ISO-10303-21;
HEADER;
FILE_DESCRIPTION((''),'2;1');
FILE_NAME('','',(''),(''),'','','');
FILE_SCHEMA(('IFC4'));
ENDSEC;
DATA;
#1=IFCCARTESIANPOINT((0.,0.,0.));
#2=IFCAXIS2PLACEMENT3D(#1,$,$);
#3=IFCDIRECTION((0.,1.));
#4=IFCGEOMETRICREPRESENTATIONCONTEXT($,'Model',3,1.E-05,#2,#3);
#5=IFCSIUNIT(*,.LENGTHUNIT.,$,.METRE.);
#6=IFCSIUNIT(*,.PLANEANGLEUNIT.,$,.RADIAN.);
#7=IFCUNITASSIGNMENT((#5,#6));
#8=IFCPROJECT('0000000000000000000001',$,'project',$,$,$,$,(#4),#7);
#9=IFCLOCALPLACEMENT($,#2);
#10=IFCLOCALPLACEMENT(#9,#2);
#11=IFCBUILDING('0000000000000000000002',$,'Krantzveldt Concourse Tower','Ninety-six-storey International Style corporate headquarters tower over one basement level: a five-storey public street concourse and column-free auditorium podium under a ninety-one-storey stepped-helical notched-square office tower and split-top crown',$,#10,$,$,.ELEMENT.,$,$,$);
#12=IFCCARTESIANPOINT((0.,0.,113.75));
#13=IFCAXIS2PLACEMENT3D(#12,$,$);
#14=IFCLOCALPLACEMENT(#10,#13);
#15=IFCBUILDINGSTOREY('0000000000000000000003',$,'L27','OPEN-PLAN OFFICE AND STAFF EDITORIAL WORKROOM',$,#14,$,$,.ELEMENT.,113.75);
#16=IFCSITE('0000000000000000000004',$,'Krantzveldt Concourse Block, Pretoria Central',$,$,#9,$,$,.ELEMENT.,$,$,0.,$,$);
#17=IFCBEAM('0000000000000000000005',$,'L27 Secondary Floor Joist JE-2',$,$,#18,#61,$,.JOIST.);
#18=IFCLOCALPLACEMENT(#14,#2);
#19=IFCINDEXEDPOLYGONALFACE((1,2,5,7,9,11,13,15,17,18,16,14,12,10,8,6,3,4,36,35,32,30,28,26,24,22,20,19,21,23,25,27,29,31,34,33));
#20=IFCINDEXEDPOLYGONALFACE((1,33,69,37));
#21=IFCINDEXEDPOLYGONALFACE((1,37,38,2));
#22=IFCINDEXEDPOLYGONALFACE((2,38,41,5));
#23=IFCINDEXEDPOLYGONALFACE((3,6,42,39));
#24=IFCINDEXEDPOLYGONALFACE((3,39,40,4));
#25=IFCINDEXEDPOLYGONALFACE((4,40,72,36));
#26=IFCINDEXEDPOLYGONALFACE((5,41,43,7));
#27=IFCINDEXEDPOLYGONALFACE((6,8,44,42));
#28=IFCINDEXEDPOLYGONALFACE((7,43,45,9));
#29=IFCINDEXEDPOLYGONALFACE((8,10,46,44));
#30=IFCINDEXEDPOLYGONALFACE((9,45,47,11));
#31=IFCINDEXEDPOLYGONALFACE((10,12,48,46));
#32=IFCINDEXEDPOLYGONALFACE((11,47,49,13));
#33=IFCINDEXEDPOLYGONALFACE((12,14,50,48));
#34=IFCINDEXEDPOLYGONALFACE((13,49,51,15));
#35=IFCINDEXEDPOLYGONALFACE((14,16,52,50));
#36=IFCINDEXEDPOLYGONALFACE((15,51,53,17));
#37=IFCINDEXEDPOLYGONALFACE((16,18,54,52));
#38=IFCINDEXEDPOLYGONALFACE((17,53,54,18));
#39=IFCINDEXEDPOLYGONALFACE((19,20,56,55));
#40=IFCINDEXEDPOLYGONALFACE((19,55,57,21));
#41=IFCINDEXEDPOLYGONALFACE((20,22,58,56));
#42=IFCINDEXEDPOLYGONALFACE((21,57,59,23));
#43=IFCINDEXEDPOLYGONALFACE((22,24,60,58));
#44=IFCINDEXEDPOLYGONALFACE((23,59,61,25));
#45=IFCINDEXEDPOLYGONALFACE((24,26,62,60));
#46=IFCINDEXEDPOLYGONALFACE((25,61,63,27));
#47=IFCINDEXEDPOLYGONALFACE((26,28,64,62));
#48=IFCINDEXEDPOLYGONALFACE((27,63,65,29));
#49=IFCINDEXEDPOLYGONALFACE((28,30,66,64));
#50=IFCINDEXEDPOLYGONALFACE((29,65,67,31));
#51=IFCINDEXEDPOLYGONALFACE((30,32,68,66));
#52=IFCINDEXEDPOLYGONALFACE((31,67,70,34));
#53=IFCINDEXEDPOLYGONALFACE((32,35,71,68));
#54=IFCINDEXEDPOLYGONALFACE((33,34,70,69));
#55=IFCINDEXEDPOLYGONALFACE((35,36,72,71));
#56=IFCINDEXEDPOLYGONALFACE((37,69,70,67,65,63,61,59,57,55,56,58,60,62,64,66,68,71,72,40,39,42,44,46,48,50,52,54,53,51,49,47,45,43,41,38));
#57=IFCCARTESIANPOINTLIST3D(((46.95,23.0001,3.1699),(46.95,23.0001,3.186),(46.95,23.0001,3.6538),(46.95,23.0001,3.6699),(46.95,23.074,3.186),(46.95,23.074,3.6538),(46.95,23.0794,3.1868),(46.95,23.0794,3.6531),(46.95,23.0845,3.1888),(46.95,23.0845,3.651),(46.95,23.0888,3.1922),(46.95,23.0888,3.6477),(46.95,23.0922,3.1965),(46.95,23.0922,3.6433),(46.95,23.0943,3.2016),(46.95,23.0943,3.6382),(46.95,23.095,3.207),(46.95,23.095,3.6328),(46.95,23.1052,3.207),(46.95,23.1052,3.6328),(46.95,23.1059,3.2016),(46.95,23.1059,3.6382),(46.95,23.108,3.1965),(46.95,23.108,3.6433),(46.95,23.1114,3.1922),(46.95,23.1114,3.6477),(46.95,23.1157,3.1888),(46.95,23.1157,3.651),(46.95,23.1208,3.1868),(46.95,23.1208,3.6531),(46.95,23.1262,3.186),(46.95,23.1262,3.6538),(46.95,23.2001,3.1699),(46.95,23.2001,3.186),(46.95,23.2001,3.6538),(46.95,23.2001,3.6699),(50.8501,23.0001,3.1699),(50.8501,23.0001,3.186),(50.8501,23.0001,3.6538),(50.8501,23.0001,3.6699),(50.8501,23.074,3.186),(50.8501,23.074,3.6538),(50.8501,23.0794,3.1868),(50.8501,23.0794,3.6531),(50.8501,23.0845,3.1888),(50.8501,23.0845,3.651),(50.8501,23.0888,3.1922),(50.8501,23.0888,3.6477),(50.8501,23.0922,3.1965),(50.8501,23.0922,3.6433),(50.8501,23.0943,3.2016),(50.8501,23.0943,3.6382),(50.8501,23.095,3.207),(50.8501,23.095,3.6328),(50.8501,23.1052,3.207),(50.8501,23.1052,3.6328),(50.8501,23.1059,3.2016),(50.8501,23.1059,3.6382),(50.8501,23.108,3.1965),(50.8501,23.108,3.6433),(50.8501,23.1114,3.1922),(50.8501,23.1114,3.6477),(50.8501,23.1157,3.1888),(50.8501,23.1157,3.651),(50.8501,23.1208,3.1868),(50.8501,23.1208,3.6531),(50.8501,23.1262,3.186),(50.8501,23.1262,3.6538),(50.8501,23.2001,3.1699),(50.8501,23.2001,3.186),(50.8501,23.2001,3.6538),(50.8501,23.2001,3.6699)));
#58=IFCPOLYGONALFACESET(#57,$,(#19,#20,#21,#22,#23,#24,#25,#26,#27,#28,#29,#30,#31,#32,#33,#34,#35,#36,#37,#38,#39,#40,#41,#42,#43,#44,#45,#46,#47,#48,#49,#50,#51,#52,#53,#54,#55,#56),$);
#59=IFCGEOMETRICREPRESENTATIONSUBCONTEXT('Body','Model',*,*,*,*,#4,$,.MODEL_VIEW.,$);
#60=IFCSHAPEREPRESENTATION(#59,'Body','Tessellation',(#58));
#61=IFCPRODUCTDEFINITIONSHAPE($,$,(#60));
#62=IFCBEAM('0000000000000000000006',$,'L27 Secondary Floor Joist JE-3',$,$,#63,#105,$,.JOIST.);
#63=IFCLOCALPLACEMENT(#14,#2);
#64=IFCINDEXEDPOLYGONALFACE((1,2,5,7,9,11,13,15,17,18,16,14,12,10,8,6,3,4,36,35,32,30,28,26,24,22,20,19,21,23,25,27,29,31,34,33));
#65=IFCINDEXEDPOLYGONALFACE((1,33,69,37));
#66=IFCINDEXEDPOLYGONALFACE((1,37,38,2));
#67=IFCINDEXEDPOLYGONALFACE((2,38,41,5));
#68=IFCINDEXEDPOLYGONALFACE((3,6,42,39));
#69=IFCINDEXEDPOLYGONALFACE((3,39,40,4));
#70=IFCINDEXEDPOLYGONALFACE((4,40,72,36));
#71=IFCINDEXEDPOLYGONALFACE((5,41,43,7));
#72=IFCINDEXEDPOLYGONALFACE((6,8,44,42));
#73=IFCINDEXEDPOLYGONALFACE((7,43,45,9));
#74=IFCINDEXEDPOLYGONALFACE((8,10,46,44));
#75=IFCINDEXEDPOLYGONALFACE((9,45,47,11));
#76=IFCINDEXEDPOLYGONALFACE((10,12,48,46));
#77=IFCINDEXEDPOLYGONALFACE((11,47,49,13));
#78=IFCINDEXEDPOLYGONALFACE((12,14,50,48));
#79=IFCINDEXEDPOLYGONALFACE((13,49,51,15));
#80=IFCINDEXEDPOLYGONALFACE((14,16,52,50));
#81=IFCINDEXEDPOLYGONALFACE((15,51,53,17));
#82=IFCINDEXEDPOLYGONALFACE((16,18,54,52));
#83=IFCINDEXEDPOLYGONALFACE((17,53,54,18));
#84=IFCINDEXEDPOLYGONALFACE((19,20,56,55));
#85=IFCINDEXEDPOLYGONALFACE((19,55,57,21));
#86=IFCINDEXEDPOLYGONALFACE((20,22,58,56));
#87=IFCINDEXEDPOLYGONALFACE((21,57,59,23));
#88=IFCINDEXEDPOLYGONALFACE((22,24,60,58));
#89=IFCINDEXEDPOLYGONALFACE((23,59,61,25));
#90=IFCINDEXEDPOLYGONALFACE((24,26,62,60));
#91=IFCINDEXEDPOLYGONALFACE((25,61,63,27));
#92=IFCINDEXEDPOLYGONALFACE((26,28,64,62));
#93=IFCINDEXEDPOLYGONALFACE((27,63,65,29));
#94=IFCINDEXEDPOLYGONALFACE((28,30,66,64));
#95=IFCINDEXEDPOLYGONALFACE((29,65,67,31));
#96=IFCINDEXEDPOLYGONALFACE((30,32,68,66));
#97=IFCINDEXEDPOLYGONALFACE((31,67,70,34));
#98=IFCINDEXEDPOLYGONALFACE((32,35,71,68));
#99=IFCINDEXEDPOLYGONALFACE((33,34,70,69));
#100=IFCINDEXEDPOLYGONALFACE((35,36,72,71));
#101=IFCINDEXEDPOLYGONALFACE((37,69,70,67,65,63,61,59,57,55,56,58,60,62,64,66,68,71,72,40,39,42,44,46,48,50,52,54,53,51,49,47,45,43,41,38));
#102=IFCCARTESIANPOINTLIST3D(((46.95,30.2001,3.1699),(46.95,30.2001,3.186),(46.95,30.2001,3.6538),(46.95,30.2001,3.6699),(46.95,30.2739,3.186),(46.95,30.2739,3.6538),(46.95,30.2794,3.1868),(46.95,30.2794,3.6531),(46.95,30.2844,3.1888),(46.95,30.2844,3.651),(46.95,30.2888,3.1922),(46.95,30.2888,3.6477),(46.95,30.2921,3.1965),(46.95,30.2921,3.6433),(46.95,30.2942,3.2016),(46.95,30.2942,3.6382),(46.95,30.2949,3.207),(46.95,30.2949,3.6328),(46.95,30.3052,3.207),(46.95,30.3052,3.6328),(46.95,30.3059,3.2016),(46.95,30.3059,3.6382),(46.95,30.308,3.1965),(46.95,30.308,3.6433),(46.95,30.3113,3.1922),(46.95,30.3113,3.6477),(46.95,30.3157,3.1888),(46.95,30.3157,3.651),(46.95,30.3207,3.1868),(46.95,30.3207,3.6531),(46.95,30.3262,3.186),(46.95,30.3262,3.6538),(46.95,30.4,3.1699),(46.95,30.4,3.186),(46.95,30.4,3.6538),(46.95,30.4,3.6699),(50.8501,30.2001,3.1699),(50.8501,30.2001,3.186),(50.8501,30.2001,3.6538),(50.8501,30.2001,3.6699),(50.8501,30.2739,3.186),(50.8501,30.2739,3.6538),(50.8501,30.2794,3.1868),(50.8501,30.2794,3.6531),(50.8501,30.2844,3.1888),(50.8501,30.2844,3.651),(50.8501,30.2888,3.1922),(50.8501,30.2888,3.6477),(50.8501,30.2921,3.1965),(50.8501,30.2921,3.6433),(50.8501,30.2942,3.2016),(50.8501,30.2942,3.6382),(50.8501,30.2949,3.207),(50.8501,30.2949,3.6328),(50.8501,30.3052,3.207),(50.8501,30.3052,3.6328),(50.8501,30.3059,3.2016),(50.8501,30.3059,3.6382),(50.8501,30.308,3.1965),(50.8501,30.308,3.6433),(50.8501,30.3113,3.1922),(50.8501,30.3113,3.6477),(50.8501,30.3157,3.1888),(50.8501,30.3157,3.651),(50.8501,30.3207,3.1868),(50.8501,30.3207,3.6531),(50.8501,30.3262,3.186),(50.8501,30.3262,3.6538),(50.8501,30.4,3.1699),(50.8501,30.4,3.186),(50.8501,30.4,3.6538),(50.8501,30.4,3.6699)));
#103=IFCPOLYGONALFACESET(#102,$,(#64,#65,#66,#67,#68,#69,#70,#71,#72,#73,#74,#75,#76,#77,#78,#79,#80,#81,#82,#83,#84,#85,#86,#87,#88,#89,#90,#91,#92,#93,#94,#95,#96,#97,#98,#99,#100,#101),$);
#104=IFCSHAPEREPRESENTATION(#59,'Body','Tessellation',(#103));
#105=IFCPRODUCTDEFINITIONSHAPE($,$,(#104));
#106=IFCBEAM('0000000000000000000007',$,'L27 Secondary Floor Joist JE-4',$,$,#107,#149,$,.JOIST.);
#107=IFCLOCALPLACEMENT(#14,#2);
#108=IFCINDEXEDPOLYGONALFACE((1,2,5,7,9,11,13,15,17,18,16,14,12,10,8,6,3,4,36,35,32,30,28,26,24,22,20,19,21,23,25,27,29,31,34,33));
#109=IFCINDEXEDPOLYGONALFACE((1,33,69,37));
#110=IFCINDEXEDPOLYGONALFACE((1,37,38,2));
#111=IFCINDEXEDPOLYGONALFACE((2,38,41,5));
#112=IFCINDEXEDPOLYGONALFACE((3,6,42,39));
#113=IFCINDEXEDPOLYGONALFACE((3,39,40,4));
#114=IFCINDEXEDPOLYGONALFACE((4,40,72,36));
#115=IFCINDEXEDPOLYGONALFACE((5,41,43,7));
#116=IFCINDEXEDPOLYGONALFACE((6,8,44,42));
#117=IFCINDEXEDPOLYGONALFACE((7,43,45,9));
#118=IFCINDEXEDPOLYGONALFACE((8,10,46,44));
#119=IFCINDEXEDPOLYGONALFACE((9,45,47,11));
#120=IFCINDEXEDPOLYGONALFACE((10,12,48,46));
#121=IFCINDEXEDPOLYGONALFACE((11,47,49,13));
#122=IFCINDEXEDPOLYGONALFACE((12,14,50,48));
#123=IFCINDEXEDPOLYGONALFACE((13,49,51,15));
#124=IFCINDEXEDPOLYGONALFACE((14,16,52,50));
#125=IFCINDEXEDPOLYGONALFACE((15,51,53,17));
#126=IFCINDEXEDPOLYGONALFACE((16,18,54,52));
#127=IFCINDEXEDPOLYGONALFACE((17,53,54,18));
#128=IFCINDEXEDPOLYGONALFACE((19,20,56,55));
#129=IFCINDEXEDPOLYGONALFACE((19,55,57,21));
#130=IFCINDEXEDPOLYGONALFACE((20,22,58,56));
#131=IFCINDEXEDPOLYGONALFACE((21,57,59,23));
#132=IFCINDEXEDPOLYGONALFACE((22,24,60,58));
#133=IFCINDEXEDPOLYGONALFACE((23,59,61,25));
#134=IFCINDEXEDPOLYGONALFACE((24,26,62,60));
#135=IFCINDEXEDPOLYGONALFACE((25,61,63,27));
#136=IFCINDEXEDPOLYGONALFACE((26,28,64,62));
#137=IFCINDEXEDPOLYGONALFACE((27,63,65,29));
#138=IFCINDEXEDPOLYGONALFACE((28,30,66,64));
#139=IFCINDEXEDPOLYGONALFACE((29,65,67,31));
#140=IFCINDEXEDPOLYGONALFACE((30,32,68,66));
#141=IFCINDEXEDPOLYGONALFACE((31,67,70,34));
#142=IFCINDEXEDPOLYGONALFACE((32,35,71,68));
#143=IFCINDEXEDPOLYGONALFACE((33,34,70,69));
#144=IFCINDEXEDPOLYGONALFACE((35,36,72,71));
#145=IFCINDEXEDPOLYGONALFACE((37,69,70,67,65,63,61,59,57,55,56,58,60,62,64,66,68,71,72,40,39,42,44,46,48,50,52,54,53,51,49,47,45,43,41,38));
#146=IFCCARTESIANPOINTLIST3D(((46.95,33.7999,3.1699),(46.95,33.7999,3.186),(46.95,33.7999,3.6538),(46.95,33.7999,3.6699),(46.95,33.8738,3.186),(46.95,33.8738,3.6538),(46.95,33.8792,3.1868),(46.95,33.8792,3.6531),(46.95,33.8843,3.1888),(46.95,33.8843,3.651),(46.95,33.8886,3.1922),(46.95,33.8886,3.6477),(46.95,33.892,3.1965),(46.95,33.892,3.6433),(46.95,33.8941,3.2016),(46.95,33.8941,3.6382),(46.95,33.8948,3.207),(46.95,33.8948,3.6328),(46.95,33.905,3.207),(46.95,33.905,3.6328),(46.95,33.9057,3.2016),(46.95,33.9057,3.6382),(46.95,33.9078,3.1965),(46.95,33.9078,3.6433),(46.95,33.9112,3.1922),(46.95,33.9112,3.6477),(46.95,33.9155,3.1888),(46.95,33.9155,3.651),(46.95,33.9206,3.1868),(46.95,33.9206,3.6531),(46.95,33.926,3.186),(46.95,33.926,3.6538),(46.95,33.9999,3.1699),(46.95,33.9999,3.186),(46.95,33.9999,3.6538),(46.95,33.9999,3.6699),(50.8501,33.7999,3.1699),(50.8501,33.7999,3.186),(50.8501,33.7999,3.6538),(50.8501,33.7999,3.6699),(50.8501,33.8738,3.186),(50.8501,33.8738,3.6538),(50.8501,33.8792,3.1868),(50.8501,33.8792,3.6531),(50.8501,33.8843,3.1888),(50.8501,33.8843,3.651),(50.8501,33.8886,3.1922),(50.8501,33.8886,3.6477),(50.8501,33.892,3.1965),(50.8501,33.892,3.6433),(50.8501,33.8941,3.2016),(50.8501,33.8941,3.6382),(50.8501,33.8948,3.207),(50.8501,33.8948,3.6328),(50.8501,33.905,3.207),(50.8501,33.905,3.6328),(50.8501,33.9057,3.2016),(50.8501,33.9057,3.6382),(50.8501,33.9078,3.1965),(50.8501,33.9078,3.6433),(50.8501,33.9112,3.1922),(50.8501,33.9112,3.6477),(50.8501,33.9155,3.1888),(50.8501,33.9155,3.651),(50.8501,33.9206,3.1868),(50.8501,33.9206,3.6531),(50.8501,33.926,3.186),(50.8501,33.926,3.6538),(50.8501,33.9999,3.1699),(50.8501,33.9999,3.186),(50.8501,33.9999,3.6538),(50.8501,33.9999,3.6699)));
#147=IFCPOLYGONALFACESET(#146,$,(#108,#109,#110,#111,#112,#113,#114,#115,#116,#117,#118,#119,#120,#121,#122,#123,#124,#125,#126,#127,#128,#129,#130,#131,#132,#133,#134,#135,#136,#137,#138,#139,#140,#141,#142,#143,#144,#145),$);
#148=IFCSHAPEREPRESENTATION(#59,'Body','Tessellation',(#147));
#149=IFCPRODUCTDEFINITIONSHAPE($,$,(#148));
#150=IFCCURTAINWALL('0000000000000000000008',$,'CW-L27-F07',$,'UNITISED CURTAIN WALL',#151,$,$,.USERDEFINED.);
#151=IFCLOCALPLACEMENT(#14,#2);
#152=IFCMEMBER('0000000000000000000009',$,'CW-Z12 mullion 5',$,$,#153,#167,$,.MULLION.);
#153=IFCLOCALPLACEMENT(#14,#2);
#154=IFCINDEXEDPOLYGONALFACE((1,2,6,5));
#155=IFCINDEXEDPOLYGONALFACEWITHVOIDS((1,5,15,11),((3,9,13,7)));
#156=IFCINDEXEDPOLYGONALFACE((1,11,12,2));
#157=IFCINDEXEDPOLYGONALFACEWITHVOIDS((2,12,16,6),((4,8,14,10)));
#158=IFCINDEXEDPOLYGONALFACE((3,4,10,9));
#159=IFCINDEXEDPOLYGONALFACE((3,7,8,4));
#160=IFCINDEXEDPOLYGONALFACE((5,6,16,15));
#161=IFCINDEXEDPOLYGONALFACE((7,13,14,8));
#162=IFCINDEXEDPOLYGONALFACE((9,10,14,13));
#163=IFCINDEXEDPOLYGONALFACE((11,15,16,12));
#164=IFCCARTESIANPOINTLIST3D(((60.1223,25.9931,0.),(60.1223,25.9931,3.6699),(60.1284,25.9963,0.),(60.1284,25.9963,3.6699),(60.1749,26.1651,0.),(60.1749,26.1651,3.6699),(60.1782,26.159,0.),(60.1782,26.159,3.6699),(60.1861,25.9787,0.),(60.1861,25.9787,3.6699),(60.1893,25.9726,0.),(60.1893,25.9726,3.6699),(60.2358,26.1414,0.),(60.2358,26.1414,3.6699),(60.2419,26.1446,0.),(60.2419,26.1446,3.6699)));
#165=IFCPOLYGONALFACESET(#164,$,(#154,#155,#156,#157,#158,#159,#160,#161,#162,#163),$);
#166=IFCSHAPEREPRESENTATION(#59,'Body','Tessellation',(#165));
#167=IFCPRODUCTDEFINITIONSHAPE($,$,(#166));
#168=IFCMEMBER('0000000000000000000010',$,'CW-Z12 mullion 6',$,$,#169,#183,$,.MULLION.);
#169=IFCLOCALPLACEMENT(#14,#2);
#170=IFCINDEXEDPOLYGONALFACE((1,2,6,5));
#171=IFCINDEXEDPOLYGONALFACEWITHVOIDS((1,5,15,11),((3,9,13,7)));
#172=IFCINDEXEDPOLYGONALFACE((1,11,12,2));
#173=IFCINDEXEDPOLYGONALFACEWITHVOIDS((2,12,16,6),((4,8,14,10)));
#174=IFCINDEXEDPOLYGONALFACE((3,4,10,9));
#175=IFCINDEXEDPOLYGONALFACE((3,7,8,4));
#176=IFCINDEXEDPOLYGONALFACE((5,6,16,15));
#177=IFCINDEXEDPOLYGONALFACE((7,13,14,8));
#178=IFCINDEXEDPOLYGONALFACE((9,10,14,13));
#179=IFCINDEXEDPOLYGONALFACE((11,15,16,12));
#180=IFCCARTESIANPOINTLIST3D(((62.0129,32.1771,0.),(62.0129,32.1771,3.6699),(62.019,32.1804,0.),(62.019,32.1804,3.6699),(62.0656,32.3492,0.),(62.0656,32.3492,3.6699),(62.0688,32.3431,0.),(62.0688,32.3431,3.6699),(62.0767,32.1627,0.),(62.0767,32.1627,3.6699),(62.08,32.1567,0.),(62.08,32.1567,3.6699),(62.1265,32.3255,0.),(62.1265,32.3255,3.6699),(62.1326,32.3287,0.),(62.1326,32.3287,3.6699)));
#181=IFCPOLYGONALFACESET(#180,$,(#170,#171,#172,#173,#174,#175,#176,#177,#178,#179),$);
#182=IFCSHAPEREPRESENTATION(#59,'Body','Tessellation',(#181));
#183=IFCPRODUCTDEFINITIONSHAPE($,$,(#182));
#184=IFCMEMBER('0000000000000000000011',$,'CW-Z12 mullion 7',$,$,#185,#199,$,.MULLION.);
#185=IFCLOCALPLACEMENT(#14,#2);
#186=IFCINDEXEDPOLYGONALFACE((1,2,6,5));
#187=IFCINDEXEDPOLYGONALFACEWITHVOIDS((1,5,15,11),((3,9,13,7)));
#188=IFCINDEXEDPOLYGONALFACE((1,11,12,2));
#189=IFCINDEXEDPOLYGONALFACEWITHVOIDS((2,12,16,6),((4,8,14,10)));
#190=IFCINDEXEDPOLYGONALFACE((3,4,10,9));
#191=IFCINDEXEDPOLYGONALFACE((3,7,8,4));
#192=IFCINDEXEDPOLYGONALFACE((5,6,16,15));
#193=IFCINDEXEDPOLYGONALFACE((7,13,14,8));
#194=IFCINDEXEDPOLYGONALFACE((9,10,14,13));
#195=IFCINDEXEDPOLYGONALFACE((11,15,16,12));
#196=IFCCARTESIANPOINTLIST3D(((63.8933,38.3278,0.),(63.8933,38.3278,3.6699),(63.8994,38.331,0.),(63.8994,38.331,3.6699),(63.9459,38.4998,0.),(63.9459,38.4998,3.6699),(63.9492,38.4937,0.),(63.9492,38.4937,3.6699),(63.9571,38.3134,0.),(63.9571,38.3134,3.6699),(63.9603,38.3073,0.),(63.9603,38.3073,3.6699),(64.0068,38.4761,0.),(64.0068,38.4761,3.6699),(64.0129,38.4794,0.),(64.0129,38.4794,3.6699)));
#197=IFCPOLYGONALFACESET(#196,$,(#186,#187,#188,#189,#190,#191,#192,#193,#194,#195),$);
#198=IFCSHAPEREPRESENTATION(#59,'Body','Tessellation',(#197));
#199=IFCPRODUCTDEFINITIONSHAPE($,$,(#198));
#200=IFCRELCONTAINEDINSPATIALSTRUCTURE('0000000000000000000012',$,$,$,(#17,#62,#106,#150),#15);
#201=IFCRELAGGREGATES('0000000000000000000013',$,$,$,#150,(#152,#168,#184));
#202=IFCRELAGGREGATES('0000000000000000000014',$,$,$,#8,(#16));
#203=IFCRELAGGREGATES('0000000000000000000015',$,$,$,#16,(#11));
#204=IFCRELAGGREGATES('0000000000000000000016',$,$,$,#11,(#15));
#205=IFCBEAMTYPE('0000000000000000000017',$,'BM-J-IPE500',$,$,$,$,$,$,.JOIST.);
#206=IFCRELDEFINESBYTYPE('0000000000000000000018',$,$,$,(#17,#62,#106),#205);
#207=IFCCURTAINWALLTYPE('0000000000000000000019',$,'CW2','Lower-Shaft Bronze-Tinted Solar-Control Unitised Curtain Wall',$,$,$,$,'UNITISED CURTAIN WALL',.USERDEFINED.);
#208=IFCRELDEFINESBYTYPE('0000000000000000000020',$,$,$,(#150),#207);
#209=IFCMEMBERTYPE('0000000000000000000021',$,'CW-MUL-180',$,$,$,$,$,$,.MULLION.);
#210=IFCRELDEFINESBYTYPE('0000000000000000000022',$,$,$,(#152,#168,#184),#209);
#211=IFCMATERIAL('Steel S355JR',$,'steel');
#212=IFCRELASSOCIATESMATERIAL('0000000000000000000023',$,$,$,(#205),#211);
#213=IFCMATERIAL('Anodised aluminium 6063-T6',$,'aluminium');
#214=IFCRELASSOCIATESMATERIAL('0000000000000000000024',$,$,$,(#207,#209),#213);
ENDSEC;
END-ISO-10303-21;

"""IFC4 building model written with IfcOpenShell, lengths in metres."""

from ifc_helpers import new_model, si_unit, direction, frame, origin, origin_2d, place, context, subcontext, project, spatial, hollow_rectangle, i_section, extrude, source, transform, mapped, material, material_profile, profile_set, type_object, type_shapes, element, aggregate, save


model = new_model("IFC4")

# Units and contexts
model_context = context("Model", 3, precision=1e-05, world=origin(), true_north=direction((0.0, 1.0)))
body_context = subcontext(model_context, "Body", "Model", "MODEL_VIEW")
ifc_project = project(units=[si_unit("LENGTHUNIT", "METRE"), si_unit("PLANEANGLEUNIT", "RADIAN")], contexts=[model_context])

# Site, building, storey
site_placement = place(None, origin())
site = spatial("IfcSite", under=ifc_project, at=site_placement, Name="Krantzveldt Concourse Block, Pretoria Central", CompositionType="ELEMENT", RefElevation=0.0)
building_placement = place(site_placement, origin())
building = spatial("IfcBuilding", under=site, at=building_placement, Name="Krantzveldt Concourse Tower", Description="Ninety-six-storey International Style corporate headquarters tower over one basement level: a five-storey public street concourse and column-free auditorium podium under a ninety-one-storey stepped-helical notched-square office tower and split-top crown", CompositionType="ELEMENT")
storey_placement = place(building_placement, frame((0.0, 0.0, 113.75)))
storey = spatial("IfcBuildingStorey", under=building, at=storey_placement, Name="L27", Description="OPEN-PLAN OFFICE AND STAFF EDITORIAL WORKROOM", CompositionType="ELEMENT", Elevation=113.75)

# Beams
ifc_material_1 = material(Name="Steel S355JR", Category="steel")
ifc_material_profile_1 = material_profile(ifc_material_1, i_section(OverallWidth=0.2, OverallDepth=0.5, WebThickness=0.0103, FlangeThickness=0.0161, FilletRadius=0.021, at=origin_2d()), Name="Steel S355JR", Category="steel")
ifc_profile_set_1 = profile_set([ifc_material_profile_1], Name="Steel S355JR - IPE 500")
beam_type_1 = type_object("IfcBeamType", Name="BM-J-IPE500", PredefinedType="JOIST", material=ifc_profile_set_1)
shared_shape_1 = source(origin(), body_context, "Body", "SweptSolid", [
    extrude(i_section(OverallWidth=0.2, OverallDepth=0.5, WebThickness=0.0103, FlangeThickness=0.0161, FilletRadius=0.021, at=origin_2d()), origin(), (0.0, 0.0, 1.0), 3.9001),
])
type_shapes(beam_type_1, [shared_shape_1])
for number, where, z_axis, x_axis, name in (
    (1, (46.95, 23.1001, 3.4199), (1.0, 0.0, 0.0), (0.0, 1.0, 0.0), "L27 Secondary Floor Joist JE-2"),
    (2, (46.95, 30.3, 3.4199), (1.0, 0.0, 0.0), (0.0, 1.0, 0.0), "L27 Secondary Floor Joist JE-3"),
    (3, (46.95, 33.8999, 3.4199), (1.0, 0.0, 0.0), (0.0, 1.0, 0.0), "L27 Secondary Floor Joist JE-4"),
):
    element("IfcBeam", number, at=place(storey_placement, frame(where, z_axis=z_axis, x_axis=x_axis)), inside=storey, type_object=beam_type_1, Name=name, PredefinedType="JOIST", context=body_context, shape_type="MappedRepresentation", body=[
        mapped(shared_shape_1, transform((0.0, 0.0, 0.0), x_axis=(1.0, 0.0, 0.0), y_axis=(0.0, 1.0, 0.0), z_axis=(0.0, 0.0, 1.0), scale=1.0)),
    ])

# Curtain wall, members
ifc_material_2 = material(Name="Anodised aluminium 6063-T6", Category="aluminium")
curtain_wall_type = type_object("IfcCurtainWallType", Name="CW2", Description="Lower-Shaft Bronze-Tinted Solar-Control Unitised Curtain Wall", ElementType="UNITISED CURTAIN WALL", PredefinedType="USERDEFINED", material=ifc_material_2)
curtain_wall_1_placement = place(storey_placement, origin())
curtain_wall_1 = element("IfcCurtainWall", 4, at=curtain_wall_1_placement, inside=storey, type_object=curtain_wall_type, Name="CW-L27-F07", ObjectType="UNITISED CURTAIN WALL", PredefinedType="USERDEFINED")
ifc_material_profile_2 = material_profile(ifc_material_2, hollow_rectangle(XDim=0.0701, YDim=0.1799, WallThickness=0.0049, at=origin_2d()), Name="Anodised aluminium 6063-T6", Category="aluminium")
ifc_profile_set_2 = profile_set([ifc_material_profile_2], Name="Anodised aluminium 6063-T6 - ALU-MULL 180x70x5")
member_type_1 = type_object("IfcMemberType", Name="CW-MUL-180", PredefinedType="MULLION", material=ifc_profile_set_2)
shared_shape_2 = source(origin(), body_context, "Body", "SweptSolid", [
    extrude(hollow_rectangle(XDim=0.0701, YDim=0.1799, WallThickness=0.0049, at=origin_2d()), origin(), (0.0, 0.0, 1.0), 3.6699),
])
type_shapes(member_type_1, [shared_shape_2])
member_1_placement = place(storey_placement, frame((60.1821, 26.0688, 0.0), z_axis=(0.0, 0.0, 1.0), x_axis=(-0.956305, 0.292372, 0.0)))
member_1 = element("IfcMember", 5, at=member_1_placement, type_object=member_type_1, Name="CW-Z12 mullion 5", PredefinedType="MULLION", context=body_context, shape_type="MappedRepresentation", body=[
    mapped(shared_shape_2, transform((0.0, 0.0, 0.0), x_axis=(1.0, 0.0, 0.0), y_axis=(0.0, 1.0, 0.0), z_axis=(0.0, 0.0, 1.0), scale=1.0)),
])
member_2_placement = place(storey_placement, frame((62.0728, 32.2529, 0.0), z_axis=(0.0, 0.0, 1.0), x_axis=(-0.956305, 0.292372, 0.0)))
member_2 = element("IfcMember", 6, at=member_2_placement, type_object=member_type_1, Name="CW-Z12 mullion 6", PredefinedType="MULLION", context=body_context, shape_type="MappedRepresentation", body=[
    mapped(shared_shape_2, transform((0.0, 0.0, 0.0), x_axis=(1.0, 0.0, 0.0), y_axis=(0.0, 1.0, 0.0), z_axis=(0.0, 0.0, 1.0), scale=1.0)),
])
member_3_placement = place(storey_placement, frame((63.9531, 38.4036, 0.0), z_axis=(0.0, 0.0, 1.0), x_axis=(-0.956305, 0.292372, 0.0)))
member_3 = element("IfcMember", 7, at=member_3_placement, type_object=member_type_1, Name="CW-Z12 mullion 7", PredefinedType="MULLION", context=body_context, shape_type="MappedRepresentation", body=[
    mapped(shared_shape_2, transform((0.0, 0.0, 0.0), x_axis=(1.0, 0.0, 0.0), y_axis=(0.0, 1.0, 0.0), z_axis=(0.0, 0.0, 1.0), scale=1.0)),
])

aggregate(curtain_wall_1, [member_1, member_2, member_3])

save(model, "model.ifc")
